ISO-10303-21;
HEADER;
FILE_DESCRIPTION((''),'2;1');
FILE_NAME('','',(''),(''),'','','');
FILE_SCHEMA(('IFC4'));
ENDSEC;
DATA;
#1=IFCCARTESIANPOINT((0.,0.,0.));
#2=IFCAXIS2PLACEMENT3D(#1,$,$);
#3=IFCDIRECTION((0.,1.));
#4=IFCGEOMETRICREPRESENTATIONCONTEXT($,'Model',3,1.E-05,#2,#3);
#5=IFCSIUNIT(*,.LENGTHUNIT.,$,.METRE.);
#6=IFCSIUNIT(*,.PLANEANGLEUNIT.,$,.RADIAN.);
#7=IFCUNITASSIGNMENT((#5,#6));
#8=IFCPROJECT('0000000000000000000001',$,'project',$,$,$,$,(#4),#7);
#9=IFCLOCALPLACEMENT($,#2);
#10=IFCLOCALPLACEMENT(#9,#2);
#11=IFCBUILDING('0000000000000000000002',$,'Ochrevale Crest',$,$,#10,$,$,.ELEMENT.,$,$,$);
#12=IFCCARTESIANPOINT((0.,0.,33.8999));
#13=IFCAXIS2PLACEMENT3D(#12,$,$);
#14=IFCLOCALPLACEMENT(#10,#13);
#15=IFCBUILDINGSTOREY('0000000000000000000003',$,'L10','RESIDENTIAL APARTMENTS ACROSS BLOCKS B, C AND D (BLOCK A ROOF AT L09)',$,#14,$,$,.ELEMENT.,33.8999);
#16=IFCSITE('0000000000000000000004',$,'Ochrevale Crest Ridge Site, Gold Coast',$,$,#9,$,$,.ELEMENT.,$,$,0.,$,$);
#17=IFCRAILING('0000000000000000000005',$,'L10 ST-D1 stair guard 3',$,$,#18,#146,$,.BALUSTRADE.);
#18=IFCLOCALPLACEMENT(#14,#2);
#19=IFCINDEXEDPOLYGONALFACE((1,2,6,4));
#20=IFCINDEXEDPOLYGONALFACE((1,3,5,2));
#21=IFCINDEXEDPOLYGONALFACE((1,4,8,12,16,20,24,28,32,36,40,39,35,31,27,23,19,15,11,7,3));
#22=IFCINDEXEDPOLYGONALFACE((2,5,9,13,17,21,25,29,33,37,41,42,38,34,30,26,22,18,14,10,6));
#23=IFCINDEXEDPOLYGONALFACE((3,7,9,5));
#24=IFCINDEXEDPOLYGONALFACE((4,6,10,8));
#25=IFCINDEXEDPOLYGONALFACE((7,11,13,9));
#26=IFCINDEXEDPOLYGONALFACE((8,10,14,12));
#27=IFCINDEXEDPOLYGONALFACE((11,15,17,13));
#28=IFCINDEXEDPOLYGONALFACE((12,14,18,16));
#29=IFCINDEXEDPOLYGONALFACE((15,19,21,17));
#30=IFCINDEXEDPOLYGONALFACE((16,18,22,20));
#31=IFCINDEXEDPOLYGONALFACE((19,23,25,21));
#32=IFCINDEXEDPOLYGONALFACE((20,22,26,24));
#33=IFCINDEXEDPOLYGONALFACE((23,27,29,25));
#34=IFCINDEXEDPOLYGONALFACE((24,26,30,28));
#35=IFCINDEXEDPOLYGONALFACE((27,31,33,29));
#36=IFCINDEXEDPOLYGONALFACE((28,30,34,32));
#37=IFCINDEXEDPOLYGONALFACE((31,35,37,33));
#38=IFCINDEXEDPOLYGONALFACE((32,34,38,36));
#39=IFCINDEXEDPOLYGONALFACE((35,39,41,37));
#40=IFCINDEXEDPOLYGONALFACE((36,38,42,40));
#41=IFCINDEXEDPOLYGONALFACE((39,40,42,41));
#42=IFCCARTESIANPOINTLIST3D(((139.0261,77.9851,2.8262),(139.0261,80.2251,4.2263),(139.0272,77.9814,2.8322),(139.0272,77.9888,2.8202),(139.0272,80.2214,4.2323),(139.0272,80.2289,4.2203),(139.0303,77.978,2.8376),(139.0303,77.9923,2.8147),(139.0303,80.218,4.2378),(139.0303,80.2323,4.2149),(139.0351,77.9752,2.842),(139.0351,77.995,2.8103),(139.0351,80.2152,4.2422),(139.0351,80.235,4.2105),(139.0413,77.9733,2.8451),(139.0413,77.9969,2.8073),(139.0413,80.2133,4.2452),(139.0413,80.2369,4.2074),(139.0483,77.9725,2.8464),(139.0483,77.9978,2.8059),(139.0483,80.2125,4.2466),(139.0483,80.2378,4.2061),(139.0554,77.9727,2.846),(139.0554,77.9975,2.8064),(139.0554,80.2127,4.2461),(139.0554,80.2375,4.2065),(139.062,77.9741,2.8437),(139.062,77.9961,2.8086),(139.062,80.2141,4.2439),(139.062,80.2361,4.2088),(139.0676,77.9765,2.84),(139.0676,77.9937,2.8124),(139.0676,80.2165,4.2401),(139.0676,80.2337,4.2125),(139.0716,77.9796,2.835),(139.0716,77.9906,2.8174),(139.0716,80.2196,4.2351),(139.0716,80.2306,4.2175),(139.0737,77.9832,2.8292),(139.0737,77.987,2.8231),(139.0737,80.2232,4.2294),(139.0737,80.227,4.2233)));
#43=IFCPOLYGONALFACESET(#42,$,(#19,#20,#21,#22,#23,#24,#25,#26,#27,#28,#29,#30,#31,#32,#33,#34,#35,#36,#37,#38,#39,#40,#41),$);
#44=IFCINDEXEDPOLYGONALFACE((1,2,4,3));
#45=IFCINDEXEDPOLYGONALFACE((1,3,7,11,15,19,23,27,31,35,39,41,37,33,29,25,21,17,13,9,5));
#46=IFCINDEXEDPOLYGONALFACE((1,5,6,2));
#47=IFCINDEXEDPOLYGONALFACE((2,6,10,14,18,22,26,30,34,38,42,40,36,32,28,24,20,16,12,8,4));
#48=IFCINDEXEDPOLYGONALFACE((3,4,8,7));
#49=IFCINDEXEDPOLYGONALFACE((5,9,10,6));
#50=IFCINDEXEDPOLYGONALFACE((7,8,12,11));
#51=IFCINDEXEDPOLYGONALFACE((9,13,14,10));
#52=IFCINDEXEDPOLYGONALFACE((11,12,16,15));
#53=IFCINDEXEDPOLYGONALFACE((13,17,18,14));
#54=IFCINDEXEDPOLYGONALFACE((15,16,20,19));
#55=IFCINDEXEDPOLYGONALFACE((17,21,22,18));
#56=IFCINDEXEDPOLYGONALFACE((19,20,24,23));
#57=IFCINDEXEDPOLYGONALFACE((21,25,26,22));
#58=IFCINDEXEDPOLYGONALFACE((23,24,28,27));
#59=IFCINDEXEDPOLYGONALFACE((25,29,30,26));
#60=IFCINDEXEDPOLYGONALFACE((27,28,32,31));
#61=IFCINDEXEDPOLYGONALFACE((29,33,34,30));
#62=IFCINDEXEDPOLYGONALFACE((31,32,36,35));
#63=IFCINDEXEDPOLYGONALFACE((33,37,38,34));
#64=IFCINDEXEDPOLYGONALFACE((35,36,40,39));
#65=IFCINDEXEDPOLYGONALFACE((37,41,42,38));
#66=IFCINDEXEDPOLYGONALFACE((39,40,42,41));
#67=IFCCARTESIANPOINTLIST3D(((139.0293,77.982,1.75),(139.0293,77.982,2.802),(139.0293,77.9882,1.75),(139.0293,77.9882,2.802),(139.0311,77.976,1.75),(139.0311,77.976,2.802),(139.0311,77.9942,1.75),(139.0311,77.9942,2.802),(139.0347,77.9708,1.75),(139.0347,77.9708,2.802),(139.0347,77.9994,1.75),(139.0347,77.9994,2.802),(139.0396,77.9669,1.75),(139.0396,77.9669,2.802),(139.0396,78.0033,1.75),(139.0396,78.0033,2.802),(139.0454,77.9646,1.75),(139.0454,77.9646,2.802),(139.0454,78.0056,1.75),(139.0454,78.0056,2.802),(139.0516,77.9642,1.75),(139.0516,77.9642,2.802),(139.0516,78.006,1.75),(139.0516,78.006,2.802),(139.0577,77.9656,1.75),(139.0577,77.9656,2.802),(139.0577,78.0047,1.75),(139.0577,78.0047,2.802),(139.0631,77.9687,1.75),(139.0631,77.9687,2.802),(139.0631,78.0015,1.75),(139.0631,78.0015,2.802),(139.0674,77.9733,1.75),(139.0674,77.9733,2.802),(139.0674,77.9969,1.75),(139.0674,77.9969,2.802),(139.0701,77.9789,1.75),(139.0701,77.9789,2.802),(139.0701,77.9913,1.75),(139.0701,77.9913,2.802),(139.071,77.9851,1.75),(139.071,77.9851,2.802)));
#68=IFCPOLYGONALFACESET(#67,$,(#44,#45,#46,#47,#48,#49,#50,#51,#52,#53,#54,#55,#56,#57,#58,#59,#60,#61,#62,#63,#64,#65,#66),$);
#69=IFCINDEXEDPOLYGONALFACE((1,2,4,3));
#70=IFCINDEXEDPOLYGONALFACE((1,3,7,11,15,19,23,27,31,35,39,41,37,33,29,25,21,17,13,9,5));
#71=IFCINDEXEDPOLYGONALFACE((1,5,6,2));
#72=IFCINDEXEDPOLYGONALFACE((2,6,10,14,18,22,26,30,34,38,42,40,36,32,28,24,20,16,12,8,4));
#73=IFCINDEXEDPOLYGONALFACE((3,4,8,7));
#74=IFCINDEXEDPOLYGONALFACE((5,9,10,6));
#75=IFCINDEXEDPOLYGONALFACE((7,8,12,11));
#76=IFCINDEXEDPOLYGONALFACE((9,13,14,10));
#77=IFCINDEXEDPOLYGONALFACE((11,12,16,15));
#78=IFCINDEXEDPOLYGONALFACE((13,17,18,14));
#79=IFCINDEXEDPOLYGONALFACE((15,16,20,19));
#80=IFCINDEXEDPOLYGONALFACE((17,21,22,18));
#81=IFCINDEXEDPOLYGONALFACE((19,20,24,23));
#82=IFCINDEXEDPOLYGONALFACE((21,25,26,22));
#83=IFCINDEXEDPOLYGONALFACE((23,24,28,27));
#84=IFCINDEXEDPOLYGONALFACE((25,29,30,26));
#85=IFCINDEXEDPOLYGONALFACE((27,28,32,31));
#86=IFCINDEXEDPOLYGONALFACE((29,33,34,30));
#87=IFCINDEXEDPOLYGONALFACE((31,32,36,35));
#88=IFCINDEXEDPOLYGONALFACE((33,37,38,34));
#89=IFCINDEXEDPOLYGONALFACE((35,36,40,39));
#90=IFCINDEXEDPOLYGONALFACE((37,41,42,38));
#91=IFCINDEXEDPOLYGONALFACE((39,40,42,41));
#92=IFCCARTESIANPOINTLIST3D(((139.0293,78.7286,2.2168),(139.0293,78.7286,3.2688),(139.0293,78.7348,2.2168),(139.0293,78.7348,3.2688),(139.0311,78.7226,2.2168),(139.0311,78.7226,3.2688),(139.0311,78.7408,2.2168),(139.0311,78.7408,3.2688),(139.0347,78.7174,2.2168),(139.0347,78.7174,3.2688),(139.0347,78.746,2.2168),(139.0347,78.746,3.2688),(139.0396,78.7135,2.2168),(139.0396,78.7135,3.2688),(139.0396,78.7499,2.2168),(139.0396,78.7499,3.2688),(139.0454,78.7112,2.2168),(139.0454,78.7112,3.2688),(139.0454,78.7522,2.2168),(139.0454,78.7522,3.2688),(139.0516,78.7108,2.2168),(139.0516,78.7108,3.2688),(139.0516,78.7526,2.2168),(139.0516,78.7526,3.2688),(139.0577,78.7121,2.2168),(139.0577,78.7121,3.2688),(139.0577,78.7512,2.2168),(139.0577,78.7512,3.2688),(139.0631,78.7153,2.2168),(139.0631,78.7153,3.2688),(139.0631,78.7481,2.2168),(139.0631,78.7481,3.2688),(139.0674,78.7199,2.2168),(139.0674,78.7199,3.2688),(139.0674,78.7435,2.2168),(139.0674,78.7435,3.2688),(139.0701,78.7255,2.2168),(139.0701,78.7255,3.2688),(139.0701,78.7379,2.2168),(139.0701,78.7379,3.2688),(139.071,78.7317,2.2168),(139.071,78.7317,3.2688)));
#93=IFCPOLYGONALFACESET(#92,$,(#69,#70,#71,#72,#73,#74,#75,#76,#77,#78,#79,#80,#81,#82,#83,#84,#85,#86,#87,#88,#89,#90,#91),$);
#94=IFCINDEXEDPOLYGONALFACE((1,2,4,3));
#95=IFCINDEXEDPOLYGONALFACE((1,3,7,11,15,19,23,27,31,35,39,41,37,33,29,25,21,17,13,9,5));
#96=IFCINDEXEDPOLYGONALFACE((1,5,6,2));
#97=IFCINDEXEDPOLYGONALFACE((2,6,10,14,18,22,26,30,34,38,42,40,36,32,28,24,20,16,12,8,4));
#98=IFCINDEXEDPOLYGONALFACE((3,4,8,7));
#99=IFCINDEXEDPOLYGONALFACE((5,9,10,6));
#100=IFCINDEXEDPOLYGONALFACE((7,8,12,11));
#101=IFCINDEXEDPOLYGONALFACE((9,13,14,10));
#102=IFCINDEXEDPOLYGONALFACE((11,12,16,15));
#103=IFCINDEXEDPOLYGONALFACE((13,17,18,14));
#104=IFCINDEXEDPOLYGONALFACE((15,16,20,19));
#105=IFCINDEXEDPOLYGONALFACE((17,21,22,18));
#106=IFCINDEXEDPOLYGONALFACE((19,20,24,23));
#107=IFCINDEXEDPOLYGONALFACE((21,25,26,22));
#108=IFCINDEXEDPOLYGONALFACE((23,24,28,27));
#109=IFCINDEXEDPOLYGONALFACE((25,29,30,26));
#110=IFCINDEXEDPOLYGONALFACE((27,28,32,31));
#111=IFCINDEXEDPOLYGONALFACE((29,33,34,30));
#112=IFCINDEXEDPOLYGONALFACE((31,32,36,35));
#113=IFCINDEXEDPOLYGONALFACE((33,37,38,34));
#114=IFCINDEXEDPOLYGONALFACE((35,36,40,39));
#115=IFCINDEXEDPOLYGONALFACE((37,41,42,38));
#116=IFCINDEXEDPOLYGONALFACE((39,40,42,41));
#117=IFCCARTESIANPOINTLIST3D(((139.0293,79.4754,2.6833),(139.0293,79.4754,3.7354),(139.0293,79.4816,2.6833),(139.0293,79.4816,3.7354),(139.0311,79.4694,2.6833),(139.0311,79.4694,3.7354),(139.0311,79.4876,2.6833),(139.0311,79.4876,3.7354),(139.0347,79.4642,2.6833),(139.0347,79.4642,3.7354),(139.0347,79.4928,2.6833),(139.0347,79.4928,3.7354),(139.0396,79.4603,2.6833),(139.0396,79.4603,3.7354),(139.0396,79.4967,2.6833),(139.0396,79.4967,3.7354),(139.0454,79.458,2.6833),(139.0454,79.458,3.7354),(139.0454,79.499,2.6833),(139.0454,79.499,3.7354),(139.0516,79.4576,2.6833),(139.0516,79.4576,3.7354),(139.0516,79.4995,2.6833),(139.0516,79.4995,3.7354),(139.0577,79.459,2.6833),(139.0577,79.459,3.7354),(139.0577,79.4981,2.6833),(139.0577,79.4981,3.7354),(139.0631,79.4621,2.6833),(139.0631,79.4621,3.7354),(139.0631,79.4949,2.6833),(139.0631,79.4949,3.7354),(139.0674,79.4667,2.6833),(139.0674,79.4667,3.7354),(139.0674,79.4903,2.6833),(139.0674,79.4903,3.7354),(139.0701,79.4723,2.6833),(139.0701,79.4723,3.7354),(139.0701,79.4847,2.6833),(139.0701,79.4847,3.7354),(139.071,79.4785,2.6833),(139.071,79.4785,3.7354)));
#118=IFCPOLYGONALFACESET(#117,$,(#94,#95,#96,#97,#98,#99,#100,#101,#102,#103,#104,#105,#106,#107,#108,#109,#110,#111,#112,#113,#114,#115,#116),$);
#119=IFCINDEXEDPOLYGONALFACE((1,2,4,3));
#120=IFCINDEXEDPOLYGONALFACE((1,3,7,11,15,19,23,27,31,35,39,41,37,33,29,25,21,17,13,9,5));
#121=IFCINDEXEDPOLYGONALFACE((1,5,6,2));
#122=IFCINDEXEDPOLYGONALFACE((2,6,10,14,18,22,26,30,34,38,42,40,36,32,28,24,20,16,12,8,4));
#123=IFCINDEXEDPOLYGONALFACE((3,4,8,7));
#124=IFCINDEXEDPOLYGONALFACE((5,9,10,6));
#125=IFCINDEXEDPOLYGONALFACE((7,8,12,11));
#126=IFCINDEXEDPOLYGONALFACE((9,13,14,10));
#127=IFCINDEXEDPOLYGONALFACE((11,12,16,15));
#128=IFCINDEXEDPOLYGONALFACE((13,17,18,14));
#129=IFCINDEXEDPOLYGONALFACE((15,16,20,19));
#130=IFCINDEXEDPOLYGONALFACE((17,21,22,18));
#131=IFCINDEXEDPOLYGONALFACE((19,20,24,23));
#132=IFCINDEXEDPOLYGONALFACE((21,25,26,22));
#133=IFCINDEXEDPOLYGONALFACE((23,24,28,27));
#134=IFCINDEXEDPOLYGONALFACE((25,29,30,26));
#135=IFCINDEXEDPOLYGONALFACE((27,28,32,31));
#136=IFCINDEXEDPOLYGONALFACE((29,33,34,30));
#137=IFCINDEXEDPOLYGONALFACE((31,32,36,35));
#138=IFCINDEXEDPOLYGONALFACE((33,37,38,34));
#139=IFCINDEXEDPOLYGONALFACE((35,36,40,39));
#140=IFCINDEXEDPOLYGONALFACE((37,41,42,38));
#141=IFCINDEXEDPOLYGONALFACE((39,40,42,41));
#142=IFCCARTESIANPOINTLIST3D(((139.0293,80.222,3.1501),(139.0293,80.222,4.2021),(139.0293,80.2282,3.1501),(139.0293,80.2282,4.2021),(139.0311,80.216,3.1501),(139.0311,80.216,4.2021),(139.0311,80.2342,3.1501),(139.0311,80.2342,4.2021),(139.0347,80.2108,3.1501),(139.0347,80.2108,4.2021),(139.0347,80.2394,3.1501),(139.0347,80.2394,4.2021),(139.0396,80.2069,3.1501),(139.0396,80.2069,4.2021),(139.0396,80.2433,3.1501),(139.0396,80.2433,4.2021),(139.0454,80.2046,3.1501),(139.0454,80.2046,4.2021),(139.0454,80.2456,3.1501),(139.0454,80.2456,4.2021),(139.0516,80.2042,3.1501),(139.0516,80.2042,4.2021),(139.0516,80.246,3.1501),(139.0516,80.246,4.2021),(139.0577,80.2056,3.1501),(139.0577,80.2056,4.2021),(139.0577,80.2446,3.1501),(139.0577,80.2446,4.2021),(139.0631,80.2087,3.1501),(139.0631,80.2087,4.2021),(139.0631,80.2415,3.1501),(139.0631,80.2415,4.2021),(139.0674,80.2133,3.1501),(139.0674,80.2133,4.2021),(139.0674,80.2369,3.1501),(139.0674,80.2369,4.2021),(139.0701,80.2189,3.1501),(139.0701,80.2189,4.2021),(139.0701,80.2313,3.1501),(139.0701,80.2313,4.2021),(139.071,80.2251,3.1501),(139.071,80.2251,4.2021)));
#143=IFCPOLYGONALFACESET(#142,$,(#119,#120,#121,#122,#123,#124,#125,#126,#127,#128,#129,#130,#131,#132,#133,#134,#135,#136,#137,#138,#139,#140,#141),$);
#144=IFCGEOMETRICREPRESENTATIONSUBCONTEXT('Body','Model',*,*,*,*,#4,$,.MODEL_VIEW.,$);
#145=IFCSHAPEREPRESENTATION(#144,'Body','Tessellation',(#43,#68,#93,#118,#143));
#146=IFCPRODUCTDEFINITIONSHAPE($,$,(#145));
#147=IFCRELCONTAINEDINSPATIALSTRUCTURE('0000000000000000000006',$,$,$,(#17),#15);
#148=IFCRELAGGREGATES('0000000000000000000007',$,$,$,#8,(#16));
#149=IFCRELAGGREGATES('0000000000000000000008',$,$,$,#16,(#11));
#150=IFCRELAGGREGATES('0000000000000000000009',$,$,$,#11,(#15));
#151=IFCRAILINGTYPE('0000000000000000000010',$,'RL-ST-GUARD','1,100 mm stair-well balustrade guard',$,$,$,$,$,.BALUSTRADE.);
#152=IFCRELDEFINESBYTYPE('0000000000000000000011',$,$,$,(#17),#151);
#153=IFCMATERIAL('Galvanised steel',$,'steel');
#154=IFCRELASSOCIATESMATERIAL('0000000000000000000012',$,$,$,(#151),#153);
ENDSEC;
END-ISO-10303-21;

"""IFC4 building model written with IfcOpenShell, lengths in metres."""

from ifc_helpers import new_model, si_unit, direction, frame, origin, origin_2d, place, context, subcontext, project, spatial, circle, extrude, material, type_object, element, save


model = new_model("IFC4")

# Units and contexts
model_context = context("Model", 3, precision=1e-05, world=origin(), true_north=direction((0.0, 1.0)))
body_context = subcontext(model_context, "Body", "Model", "MODEL_VIEW")
ifc_project = project(units=[si_unit("LENGTHUNIT", "METRE"), si_unit("PLANEANGLEUNIT", "RADIAN")], contexts=[model_context])

# Site, building, storey
site_placement = place(None, origin())
site = spatial("IfcSite", under=ifc_project, at=site_placement, Name="Ochrevale Crest Ridge Site, Gold Coast", CompositionType="ELEMENT", RefElevation=0.0)
building_placement = place(site_placement, origin())
building = spatial("IfcBuilding", under=site, at=building_placement, Name="Ochrevale Crest", CompositionType="ELEMENT")
storey_placement = place(building_placement, frame((0.0, 0.0, 33.8999)))
storey = spatial("IfcBuildingStorey", under=building, at=storey_placement, Name="L10", Description="RESIDENTIAL APARTMENTS ACROSS BLOCKS B, C AND D (BLOCK A ROOF AT L09)", CompositionType="ELEMENT", Elevation=33.8999)

# Railing
ifc_material_1 = material(Name="Galvanised steel", Category="steel")
railing_type_1 = type_object("IfcRailingType", Name="RL-ST-GUARD", Description="1,100 mm stair-well balustrade guard", PredefinedType="BALUSTRADE", material=ifc_material_1)
railing_1_placement = place(storey_placement, frame((139.05, 77.9851, 1.75)))
element("IfcRailing", 1, at=railing_1_placement, inside=storey, type_object=railing_type_1, Name="L10 ST-D1 stair guard 3", PredefinedType="BALUSTRADE", context=body_context, shape_type="SweptSolid", body=[
    extrude(circle(Radius=0.0239, at=origin_2d()), frame((0.0, 0.0, 1.0762), z_axis=(0.0, 0.847972, 0.53004), x_axis=(-1.0, 0.0, 0.0)), (0.0, 0.0, 1.0), 2.6416),
    extrude(circle(Radius=0.021, at=origin_2d()), origin(), (0.0, 0.0, 1.0), 1.052),
    extrude(circle(Radius=0.021, at=origin_2d()), frame((0.0, 0.7466, 0.4668)), (0.0, 0.0, 1.0), 1.052),
    extrude(circle(Radius=0.021, at=origin_2d()), frame((0.0, 1.4934, 0.9333)), (0.0, 0.0, 1.0), 1.052),
    extrude(circle(Radius=0.021, at=origin_2d()), frame((0.0, 2.24, 1.4001)), (0.0, 0.0, 1.0), 1.052),
])

save(model, "model.ifc")
